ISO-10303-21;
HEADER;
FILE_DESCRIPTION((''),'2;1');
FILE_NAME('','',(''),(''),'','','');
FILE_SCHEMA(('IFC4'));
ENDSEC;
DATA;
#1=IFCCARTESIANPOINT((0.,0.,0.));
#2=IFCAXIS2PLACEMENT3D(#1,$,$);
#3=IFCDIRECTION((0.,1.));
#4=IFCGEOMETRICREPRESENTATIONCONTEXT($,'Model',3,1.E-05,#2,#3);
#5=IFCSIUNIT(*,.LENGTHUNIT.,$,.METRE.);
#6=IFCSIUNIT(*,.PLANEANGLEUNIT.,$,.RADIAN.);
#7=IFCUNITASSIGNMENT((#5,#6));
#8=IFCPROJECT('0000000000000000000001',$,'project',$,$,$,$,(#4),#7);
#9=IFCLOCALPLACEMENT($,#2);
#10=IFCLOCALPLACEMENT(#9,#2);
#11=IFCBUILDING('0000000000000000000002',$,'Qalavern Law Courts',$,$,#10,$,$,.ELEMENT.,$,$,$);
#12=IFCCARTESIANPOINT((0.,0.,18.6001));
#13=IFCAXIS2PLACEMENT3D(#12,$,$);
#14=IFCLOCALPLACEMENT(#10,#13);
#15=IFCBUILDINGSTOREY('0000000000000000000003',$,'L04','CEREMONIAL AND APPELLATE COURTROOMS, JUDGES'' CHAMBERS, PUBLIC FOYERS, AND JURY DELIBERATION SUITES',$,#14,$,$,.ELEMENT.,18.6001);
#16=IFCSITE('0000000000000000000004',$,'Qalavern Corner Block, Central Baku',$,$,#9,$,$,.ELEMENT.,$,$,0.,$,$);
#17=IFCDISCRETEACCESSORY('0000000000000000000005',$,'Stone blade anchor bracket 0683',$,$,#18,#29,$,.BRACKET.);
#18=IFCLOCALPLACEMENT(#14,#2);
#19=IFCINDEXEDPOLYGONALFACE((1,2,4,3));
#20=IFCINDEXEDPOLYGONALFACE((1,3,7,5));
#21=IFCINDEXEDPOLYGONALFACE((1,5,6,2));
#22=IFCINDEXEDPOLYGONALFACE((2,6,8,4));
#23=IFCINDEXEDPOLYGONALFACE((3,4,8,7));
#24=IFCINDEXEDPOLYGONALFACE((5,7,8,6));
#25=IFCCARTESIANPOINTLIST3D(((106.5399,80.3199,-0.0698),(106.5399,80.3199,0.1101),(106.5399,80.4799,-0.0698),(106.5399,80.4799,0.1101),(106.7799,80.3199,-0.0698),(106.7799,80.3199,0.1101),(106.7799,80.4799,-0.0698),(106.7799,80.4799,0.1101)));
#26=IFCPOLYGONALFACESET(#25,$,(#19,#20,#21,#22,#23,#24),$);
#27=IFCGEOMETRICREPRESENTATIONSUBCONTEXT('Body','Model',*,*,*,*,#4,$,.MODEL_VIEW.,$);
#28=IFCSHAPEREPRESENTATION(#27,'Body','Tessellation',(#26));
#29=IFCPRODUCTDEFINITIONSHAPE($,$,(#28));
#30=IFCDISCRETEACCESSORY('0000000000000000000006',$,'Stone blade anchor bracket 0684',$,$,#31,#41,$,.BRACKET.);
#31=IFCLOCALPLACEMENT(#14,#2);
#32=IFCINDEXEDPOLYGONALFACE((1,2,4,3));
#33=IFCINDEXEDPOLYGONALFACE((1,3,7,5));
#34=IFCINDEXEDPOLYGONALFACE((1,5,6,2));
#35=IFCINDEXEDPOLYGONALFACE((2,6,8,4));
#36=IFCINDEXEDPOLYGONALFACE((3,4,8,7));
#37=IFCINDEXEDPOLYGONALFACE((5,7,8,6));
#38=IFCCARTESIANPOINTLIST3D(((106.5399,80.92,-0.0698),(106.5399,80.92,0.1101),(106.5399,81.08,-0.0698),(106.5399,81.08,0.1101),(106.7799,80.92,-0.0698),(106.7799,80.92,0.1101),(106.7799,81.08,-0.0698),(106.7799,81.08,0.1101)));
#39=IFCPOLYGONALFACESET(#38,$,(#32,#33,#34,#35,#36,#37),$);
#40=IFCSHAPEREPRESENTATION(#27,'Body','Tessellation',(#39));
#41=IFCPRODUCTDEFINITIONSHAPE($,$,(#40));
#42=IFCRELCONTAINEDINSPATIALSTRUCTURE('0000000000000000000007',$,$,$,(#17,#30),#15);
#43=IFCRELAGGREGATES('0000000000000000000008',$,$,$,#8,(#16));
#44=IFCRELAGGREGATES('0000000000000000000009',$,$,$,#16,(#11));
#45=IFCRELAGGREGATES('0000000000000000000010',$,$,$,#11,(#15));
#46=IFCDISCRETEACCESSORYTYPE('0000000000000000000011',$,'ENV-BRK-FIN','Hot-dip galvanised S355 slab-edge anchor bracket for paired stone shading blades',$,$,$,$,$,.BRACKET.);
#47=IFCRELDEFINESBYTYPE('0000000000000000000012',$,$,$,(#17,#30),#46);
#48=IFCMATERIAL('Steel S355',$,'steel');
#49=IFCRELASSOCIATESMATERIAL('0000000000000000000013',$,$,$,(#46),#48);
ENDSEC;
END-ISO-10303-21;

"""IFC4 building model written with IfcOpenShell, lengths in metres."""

from ifc_helpers import new_model, si_unit, direction, frame, origin, origin_2d, place, context, subcontext, project, spatial, rectangle, extrude, material, type_object, element, save


model = new_model("IFC4")

# Units and contexts
model_context = context("Model", 3, precision=1e-05, world=origin(), true_north=direction((0.0, 1.0)))
body_context = subcontext(model_context, "Body", "Model", "MODEL_VIEW")
ifc_project = project(units=[si_unit("LENGTHUNIT", "METRE"), si_unit("PLANEANGLEUNIT", "RADIAN")], contexts=[model_context])

# Site, building, storey
site_placement = place(None, origin())
site = spatial("IfcSite", under=ifc_project, at=site_placement, Name="Qalavern Corner Block, Central Baku", CompositionType="ELEMENT", RefElevation=0.0)
building_placement = place(site_placement, origin())
building = spatial("IfcBuilding", under=site, at=building_placement, Name="Qalavern Law Courts", CompositionType="ELEMENT")
storey_placement = place(building_placement, frame((0.0, 0.0, 18.6001)))
storey = spatial("IfcBuildingStorey", under=building, at=storey_placement, Name="L04", Description="CEREMONIAL AND APPELLATE COURTROOMS, JUDGES' CHAMBERS, PUBLIC FOYERS, AND JURY DELIBERATION SUITES", CompositionType="ELEMENT", Elevation=18.6001)

# Shared definitions
ifc_material_1 = material(Name="Steel S355", Category="steel")

# Discrete accessories
discrete_accessory_type = type_object("IfcDiscreteAccessoryType", Name="ENV-BRK-FIN", Description="Hot-dip galvanised S355 slab-edge anchor bracket for paired stone shading blades", PredefinedType="BRACKET", material=ifc_material_1)
for number, where, z_axis, x_axis, name in (
    (1, (106.6599, 80.3999, -0.0698), (0.0, 0.0, 1.0), (1.0, 0.0, 0.0), "Stone blade anchor bracket 0683"),
    (2, (106.6599, 81.0, -0.0698), (0.0, 0.0, 1.0), (1.0, 0.0, 0.0), "Stone blade anchor bracket 0684"),
):
    element("IfcDiscreteAccessory", number, at=place(storey_placement, frame(where, z_axis=z_axis, x_axis=x_axis)), inside=storey, type_object=discrete_accessory_type, Name=name, PredefinedType="BRACKET", context=body_context, shape_type="SweptSolid", body=[
        extrude(rectangle(XDim=0.24, YDim=0.1599, at=origin_2d()), origin(), (0.0, 0.0, 1.0), 0.1799),
    ])

save(model, "model.ifc")
